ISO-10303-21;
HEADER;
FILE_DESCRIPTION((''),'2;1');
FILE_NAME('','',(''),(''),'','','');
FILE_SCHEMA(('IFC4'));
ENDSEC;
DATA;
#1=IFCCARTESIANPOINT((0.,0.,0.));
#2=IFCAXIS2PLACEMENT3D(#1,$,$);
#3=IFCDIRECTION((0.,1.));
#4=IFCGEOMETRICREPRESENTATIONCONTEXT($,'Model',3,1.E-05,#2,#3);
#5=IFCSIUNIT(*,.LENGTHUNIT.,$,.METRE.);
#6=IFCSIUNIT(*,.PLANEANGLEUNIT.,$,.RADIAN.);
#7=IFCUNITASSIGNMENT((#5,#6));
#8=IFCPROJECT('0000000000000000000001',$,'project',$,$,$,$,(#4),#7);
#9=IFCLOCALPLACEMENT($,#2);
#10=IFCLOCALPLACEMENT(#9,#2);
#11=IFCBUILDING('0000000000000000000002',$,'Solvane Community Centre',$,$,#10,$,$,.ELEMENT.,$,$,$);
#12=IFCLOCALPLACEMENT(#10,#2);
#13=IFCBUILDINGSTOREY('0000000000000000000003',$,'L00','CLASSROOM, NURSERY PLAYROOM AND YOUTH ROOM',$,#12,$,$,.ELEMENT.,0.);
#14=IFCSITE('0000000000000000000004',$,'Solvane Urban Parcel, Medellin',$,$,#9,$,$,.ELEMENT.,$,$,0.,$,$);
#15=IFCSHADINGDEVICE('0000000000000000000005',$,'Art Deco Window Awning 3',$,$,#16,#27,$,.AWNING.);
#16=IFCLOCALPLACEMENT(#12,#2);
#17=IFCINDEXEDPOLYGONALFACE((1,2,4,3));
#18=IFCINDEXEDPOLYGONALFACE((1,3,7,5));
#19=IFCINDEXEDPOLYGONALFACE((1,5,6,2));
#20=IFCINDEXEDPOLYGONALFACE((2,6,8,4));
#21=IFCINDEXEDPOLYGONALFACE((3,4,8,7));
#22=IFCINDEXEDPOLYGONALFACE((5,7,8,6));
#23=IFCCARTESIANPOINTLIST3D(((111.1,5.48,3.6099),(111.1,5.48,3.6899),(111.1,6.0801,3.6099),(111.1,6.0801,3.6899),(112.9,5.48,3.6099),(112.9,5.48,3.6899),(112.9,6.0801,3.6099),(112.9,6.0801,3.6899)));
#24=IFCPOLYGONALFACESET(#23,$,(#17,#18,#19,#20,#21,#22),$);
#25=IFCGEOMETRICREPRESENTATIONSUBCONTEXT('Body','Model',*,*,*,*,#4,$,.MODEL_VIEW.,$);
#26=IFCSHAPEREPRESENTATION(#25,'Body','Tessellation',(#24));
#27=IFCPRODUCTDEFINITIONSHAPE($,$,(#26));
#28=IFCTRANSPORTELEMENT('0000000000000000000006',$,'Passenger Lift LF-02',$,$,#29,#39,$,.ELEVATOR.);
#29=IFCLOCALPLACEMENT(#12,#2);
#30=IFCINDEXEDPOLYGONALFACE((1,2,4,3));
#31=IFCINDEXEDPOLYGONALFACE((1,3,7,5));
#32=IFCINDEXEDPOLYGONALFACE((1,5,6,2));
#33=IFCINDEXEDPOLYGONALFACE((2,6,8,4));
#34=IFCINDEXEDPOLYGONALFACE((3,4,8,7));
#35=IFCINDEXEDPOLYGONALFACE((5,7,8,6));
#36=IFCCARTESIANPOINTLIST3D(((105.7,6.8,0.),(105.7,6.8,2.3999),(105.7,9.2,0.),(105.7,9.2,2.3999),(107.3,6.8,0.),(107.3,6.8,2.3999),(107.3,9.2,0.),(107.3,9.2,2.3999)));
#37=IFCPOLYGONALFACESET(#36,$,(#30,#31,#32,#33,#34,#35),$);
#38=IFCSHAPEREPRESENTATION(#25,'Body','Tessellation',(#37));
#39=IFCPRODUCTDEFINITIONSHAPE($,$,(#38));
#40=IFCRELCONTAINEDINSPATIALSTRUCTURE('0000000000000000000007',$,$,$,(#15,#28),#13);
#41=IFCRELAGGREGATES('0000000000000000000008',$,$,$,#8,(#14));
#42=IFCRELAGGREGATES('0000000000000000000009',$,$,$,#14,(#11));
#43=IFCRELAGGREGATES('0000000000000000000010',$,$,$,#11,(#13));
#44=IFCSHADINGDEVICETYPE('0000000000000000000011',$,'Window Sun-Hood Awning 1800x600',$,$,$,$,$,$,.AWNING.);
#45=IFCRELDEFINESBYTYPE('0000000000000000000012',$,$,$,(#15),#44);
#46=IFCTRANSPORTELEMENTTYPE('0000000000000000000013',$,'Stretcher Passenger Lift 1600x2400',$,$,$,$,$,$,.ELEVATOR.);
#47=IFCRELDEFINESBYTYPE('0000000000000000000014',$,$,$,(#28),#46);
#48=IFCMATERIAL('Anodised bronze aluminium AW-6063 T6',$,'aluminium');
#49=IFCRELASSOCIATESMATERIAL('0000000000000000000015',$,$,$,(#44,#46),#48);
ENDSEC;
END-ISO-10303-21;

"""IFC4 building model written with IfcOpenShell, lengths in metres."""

from ifc_helpers import new_model, si_unit, direction, frame, origin, origin_2d, place, context, subcontext, project, spatial, rectangle, extrude, material, type_object, element, save


model = new_model("IFC4")

# Units and contexts
model_context = context("Model", 3, precision=1e-05, world=origin(), true_north=direction((0.0, 1.0)))
body_context = subcontext(model_context, "Body", "Model", "MODEL_VIEW")
ifc_project = project(units=[si_unit("LENGTHUNIT", "METRE"), si_unit("PLANEANGLEUNIT", "RADIAN")], contexts=[model_context])

# Site, building, storey
site_placement = place(None, origin())
site = spatial("IfcSite", under=ifc_project, at=site_placement, Name="Solvane Urban Parcel, Medellin", CompositionType="ELEMENT", RefElevation=0.0)
building_placement = place(site_placement, origin())
building = spatial("IfcBuilding", under=site, at=building_placement, Name="Solvane Community Centre", CompositionType="ELEMENT")
storey_placement = place(building_placement, origin())
storey = spatial("IfcBuildingStorey", under=building, at=storey_placement, Name="L00", Description="CLASSROOM, NURSERY PLAYROOM AND YOUTH ROOM", CompositionType="ELEMENT", Elevation=0.0)

# Shared definitions
ifc_material_1 = material(Name="Anodised bronze aluminium AW-6063 T6", Category="aluminium")

# Shading device
shading_device_type = type_object("IfcShadingDeviceType", Name="Window Sun-Hood Awning 1800x600", PredefinedType="AWNING", material=ifc_material_1)
shading_device_placement = place(storey_placement, frame((112.0, 5.78, 3.6099), z_axis=(0.0, 0.0, 1.0), x_axis=(1.0, 0.0, 0.0)))
element("IfcShadingDevice", 1, at=shading_device_placement, inside=storey, type_object=shading_device_type, Name="Art Deco Window Awning 3", PredefinedType="AWNING", context=body_context, shape_type="SweptSolid", body=[
    extrude(rectangle(XDim=1.8, YDim=0.6001, at=origin_2d()), origin(), (0.0, 0.0, 1.0), 0.0801),
])

# Transport element
transport_element_type = type_object("IfcTransportElementType", Name="Stretcher Passenger Lift 1600x2400", PredefinedType="ELEVATOR", material=ifc_material_1)
transport_element_placement = place(storey_placement, frame((106.5, 8.0, 0.0), z_axis=(0.0, 0.0, 1.0), x_axis=(1.0, 0.0, 0.0)))
element("IfcTransportElement", 2, at=transport_element_placement, inside=storey, type_object=transport_element_type, Name="Passenger Lift LF-02", PredefinedType="ELEVATOR", context=body_context, shape_type="SweptSolid", body=[
    extrude(rectangle(XDim=1.6001, YDim=2.3999, at=origin_2d()), origin(), (0.0, 0.0, 1.0), 2.3999),
])

save(model, "model.ifc")
